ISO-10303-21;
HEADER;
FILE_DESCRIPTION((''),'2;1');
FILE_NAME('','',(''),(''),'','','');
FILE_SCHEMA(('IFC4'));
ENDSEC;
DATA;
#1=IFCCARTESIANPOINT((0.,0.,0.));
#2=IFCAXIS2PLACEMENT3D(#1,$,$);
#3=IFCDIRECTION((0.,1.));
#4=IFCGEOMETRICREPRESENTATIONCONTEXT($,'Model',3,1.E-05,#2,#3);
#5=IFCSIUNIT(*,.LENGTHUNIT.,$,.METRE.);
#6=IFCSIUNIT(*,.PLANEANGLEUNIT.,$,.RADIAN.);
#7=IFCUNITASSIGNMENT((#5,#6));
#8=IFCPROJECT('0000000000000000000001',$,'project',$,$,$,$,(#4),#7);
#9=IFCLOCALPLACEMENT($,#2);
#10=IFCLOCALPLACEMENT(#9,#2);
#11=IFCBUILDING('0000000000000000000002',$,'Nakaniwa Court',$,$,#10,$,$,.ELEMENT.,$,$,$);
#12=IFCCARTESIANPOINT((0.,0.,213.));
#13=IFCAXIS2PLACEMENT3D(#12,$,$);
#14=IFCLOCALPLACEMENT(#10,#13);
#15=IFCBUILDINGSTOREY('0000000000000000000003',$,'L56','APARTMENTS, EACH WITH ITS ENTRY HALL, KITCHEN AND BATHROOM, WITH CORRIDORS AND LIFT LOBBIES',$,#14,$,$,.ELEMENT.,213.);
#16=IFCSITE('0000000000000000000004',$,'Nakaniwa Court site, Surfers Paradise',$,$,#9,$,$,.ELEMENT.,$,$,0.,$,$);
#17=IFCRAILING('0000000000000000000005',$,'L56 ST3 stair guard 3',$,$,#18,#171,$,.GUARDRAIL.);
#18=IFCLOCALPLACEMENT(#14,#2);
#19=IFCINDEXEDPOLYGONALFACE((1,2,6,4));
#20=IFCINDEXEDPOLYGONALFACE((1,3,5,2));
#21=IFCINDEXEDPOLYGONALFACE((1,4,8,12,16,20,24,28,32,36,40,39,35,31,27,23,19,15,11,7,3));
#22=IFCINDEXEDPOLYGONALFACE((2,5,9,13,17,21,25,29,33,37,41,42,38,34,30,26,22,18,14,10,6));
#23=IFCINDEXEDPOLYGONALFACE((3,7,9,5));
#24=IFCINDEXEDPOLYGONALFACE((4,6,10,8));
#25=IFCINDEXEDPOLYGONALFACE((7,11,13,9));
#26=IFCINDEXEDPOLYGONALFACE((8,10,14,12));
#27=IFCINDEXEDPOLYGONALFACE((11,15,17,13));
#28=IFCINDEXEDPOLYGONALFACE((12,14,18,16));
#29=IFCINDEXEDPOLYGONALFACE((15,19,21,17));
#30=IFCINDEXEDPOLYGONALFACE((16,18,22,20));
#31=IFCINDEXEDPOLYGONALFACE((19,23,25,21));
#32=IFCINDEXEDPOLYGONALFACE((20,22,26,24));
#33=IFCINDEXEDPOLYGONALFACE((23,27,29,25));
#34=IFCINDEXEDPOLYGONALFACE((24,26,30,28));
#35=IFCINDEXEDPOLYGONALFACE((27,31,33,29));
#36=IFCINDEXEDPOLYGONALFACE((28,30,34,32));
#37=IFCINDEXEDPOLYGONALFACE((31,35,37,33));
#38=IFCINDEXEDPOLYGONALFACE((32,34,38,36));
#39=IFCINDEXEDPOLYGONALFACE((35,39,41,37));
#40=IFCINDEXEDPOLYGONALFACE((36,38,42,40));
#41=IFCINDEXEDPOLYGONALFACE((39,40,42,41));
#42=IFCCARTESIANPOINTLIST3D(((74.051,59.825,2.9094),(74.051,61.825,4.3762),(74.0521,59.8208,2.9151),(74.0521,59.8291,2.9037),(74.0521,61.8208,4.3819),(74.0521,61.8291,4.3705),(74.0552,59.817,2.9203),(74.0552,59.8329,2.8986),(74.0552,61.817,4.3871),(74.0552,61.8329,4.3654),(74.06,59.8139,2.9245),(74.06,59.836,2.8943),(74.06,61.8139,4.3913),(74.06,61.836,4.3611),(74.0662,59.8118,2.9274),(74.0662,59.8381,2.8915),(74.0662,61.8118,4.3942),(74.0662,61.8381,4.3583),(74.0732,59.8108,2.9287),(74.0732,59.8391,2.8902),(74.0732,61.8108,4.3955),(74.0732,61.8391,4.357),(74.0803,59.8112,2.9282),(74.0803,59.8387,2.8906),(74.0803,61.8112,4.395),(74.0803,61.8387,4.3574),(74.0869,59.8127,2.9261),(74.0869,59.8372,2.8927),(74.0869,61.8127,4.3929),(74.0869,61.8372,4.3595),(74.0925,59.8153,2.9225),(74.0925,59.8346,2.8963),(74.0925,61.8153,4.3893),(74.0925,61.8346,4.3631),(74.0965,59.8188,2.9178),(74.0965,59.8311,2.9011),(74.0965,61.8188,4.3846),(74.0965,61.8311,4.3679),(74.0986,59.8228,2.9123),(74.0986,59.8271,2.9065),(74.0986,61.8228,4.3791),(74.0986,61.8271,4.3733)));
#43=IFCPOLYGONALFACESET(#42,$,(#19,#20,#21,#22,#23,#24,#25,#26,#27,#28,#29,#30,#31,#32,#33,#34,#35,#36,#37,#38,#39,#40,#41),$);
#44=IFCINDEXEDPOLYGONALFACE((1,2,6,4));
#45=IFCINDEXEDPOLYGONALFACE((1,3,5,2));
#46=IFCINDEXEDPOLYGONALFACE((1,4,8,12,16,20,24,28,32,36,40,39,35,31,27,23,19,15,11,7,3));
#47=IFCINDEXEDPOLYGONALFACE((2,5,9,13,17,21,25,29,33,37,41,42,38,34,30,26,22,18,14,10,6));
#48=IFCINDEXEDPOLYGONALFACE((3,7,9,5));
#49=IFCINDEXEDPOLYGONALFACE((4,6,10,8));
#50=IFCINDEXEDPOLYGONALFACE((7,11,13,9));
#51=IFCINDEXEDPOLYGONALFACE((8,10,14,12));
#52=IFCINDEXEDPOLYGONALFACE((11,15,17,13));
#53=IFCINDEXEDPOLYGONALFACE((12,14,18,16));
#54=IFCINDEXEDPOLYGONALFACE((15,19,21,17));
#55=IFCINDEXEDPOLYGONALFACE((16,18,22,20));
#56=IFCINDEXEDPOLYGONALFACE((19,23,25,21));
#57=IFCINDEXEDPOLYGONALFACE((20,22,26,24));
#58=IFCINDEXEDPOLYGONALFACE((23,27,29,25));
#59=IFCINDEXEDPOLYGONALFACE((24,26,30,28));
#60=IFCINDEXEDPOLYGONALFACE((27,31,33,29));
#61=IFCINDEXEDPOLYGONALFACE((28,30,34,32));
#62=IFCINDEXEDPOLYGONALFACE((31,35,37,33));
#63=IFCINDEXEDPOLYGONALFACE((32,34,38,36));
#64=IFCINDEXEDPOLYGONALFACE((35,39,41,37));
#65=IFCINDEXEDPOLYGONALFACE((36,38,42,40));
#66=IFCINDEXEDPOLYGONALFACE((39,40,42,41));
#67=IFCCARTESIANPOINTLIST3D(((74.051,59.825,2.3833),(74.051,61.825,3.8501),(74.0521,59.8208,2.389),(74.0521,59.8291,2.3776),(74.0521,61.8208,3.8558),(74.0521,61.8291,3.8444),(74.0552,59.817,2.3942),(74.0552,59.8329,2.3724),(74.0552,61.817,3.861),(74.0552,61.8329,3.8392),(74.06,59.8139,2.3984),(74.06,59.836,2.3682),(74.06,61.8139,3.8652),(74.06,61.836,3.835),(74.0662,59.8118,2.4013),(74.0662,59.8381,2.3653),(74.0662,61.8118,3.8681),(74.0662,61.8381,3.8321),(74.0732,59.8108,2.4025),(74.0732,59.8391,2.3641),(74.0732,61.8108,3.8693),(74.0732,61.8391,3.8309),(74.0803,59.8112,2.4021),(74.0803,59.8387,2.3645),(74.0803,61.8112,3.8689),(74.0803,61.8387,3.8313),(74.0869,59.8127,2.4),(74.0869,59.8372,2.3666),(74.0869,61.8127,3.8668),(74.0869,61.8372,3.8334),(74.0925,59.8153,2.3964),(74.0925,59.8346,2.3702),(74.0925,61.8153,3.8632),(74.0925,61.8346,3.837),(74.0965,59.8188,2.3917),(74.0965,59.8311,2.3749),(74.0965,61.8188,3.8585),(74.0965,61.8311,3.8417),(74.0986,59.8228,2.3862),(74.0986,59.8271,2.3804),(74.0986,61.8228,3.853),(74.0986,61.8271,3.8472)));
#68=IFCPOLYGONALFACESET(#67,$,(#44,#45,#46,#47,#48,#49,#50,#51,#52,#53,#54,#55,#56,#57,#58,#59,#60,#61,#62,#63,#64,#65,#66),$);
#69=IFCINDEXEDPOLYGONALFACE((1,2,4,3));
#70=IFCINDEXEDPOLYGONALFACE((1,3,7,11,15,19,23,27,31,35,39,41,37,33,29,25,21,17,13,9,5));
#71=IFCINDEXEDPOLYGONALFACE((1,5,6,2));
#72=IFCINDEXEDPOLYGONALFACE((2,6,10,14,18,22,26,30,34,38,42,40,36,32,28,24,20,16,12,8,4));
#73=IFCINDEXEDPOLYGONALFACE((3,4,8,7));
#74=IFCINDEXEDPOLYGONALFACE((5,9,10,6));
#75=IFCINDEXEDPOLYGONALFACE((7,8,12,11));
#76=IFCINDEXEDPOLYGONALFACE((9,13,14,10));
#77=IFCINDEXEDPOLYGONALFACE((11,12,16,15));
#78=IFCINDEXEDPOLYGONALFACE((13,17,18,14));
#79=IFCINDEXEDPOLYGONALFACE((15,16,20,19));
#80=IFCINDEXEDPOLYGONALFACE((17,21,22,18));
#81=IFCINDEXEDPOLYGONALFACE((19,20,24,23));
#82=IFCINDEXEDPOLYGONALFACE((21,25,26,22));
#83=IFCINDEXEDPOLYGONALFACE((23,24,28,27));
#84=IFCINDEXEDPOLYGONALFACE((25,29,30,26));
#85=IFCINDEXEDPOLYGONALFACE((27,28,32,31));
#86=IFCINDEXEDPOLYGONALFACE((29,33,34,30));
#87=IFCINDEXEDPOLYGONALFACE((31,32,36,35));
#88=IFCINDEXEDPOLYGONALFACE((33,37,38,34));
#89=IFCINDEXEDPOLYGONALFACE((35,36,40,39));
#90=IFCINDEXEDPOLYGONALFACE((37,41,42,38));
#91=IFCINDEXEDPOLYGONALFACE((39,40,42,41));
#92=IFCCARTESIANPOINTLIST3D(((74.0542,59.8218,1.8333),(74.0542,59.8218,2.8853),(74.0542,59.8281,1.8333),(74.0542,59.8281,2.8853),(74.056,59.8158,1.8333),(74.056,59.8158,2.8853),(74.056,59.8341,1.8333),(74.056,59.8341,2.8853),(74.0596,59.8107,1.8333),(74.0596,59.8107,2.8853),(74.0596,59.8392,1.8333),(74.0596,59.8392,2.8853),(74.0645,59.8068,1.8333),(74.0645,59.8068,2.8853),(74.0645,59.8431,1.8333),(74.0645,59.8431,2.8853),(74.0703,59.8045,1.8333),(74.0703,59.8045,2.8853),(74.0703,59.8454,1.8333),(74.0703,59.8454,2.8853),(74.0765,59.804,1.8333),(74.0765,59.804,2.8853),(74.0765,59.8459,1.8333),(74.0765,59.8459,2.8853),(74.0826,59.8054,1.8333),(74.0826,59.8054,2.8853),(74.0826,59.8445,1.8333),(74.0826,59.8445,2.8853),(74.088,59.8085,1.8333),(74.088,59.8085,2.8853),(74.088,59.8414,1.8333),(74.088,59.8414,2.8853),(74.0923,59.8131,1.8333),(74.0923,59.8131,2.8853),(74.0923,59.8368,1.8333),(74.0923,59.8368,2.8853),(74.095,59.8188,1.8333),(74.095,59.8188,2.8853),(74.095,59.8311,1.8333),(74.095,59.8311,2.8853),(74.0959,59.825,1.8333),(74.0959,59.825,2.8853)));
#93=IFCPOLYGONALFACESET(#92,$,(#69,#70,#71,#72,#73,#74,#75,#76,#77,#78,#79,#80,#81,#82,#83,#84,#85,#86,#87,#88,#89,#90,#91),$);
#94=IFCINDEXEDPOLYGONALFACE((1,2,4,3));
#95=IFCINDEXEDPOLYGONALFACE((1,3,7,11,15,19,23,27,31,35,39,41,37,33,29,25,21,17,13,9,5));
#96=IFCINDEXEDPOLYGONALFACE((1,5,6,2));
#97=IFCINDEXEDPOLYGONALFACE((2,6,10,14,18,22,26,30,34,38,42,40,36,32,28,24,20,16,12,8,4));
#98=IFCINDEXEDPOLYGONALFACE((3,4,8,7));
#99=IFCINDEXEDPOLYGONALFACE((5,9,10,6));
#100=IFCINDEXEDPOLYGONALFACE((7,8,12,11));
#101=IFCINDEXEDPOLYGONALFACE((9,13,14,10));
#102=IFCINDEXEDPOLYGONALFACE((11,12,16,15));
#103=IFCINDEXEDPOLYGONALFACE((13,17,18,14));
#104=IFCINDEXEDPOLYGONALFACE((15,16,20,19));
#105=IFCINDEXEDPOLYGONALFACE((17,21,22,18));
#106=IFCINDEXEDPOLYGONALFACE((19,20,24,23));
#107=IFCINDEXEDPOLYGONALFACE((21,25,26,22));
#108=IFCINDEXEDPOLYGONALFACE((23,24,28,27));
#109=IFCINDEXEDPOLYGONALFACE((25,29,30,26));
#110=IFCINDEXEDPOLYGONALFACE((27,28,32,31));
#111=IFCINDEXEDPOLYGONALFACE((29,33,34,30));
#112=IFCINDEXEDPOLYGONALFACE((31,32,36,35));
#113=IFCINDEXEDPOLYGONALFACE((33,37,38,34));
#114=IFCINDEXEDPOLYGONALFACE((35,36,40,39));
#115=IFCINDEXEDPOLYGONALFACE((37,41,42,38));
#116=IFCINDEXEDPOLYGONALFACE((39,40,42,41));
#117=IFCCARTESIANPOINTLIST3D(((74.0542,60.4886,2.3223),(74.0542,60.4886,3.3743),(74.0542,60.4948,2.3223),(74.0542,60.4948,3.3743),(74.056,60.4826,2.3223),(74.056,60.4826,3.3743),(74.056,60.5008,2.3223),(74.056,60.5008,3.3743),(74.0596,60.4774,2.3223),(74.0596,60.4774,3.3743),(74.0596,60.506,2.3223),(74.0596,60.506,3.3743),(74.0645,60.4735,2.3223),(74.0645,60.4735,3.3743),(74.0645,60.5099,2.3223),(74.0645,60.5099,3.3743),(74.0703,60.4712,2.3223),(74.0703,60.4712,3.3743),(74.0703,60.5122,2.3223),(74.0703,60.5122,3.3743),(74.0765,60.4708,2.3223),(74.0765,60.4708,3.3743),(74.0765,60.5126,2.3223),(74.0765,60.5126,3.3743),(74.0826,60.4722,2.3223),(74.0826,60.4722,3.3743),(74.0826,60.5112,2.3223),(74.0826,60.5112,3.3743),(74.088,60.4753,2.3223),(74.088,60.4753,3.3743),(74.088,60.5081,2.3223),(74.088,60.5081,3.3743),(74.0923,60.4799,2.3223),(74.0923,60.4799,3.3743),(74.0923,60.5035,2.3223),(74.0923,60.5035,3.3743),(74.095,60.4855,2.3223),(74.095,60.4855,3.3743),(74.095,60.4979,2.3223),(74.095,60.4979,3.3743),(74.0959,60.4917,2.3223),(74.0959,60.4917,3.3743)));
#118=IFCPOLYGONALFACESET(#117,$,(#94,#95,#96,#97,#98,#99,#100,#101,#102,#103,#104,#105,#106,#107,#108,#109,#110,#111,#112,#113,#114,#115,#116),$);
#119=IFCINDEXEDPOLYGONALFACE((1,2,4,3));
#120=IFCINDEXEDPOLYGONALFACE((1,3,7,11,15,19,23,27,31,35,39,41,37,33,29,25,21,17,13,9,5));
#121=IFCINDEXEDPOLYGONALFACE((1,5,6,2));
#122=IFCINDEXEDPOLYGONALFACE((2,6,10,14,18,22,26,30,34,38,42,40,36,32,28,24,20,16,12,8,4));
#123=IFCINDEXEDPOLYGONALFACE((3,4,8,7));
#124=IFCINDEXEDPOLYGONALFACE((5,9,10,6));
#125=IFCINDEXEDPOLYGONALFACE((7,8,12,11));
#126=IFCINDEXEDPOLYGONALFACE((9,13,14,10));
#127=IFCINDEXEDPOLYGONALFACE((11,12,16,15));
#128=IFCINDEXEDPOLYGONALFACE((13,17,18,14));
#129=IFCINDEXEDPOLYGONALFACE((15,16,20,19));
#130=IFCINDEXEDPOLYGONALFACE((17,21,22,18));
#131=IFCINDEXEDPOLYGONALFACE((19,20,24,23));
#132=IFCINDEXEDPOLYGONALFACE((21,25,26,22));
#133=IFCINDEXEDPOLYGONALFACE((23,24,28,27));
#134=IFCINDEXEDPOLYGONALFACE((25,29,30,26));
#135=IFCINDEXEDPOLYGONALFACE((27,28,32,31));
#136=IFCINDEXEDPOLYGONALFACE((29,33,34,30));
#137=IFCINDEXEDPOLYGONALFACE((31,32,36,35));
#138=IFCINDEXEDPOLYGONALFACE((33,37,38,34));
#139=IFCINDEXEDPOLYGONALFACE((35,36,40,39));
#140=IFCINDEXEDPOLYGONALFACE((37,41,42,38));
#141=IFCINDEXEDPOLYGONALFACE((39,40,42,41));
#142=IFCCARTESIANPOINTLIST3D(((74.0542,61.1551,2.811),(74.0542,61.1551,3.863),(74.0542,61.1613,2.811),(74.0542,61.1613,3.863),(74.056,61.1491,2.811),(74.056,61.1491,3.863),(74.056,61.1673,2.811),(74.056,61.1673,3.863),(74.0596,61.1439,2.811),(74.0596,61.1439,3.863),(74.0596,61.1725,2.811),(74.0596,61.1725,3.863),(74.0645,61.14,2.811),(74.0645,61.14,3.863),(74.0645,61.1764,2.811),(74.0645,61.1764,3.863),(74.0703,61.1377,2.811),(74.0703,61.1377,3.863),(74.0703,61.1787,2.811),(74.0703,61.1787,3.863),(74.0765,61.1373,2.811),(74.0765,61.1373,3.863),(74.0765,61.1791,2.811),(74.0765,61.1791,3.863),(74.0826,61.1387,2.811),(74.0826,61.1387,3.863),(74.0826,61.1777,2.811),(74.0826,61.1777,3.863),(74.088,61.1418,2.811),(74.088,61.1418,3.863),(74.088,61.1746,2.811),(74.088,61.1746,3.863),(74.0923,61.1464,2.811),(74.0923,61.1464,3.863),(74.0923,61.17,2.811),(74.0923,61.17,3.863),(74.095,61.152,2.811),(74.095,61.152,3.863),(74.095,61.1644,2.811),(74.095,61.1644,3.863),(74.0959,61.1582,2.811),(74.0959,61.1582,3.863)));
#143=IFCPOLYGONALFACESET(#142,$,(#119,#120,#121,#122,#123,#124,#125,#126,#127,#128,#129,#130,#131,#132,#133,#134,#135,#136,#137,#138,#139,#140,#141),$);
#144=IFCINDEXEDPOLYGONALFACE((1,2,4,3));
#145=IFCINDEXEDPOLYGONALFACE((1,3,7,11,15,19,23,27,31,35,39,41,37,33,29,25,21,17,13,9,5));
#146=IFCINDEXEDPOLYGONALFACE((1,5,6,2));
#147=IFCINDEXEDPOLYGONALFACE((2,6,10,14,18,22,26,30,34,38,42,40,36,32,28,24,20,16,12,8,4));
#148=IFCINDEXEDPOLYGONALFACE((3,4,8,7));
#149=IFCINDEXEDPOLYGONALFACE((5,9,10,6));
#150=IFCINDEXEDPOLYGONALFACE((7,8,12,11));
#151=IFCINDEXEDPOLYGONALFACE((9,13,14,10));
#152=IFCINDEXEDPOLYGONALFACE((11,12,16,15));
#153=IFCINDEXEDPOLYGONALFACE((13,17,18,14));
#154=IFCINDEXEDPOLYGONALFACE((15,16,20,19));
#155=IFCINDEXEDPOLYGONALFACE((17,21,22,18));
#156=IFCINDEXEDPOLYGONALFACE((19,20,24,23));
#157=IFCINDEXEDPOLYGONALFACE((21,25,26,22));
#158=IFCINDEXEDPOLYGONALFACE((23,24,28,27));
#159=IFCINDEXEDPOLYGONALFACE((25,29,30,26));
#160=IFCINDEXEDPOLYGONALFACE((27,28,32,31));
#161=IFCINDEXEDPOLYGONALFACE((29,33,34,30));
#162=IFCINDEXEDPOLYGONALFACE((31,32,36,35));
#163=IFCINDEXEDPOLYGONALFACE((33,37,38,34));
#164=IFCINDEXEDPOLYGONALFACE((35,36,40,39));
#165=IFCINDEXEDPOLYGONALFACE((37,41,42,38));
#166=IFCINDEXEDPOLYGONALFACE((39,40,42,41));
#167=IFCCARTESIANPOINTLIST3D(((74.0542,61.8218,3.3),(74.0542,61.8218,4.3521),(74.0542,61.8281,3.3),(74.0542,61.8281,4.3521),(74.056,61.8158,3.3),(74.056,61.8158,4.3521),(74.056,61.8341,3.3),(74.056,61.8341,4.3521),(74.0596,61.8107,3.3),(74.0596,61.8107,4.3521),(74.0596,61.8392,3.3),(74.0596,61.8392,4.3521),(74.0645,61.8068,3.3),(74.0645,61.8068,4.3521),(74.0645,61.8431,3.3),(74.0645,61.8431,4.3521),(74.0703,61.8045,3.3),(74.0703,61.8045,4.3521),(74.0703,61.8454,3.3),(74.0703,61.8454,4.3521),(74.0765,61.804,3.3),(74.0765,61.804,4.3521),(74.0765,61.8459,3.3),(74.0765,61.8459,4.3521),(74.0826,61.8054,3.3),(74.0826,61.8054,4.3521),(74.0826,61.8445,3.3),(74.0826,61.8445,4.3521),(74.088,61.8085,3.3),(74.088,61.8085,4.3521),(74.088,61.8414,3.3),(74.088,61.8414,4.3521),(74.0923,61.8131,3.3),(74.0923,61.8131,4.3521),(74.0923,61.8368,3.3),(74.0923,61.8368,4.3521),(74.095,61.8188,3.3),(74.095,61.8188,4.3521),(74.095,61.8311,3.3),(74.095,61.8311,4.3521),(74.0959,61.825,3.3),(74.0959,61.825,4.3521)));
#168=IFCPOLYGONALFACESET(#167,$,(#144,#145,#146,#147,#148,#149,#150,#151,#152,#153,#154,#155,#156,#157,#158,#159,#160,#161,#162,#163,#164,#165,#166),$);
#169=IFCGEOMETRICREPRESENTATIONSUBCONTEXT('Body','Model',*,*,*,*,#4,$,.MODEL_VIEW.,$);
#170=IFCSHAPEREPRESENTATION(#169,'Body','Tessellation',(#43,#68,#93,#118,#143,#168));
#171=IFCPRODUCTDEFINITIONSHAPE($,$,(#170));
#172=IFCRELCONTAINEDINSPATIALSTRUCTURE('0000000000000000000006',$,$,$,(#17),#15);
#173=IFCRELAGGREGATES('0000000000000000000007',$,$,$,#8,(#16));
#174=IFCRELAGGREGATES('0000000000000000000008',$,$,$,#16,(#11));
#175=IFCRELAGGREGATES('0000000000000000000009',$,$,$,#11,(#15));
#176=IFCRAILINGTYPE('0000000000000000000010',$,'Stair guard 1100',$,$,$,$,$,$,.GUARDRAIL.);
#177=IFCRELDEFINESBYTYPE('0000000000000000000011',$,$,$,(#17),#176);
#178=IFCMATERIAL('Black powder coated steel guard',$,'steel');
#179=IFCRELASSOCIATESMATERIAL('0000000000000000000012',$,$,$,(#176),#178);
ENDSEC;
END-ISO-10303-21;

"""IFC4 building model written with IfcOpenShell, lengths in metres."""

from ifc_helpers import new_model, si_unit, direction, frame, origin, origin_2d, place, context, subcontext, project, spatial, circle, extrude, material, type_object, element, save


model = new_model("IFC4")

# Units and contexts
model_context = context("Model", 3, precision=1e-05, world=origin(), true_north=direction((0.0, 1.0)))
body_context = subcontext(model_context, "Body", "Model", "MODEL_VIEW")
ifc_project = project(units=[si_unit("LENGTHUNIT", "METRE"), si_unit("PLANEANGLEUNIT", "RADIAN")], contexts=[model_context])

# Site, building, storey
site_placement = place(None, origin())
site = spatial("IfcSite", under=ifc_project, at=site_placement, Name="Nakaniwa Court site, Surfers Paradise", CompositionType="ELEMENT", RefElevation=0.0)
building_placement = place(site_placement, origin())
building = spatial("IfcBuilding", under=site, at=building_placement, Name="Nakaniwa Court", CompositionType="ELEMENT")
storey_placement = place(building_placement, frame((0.0, 0.0, 213.0)))
storey = spatial("IfcBuildingStorey", under=building, at=storey_placement, Name="L56", Description="APARTMENTS, EACH WITH ITS ENTRY HALL, KITCHEN AND BATHROOM, WITH CORRIDORS AND LIFT LOBBIES", CompositionType="ELEMENT", Elevation=213.0)

# Railing
ifc_material_1 = material(Name="Black powder coated steel guard", Category="steel")
railing_type_1 = type_object("IfcRailingType", Name="Stair guard 1100", PredefinedType="GUARDRAIL", material=ifc_material_1)
railing_1_placement = place(storey_placement, frame((74.075, 59.825, 1.8333)))
element("IfcRailing", 1, at=railing_1_placement, inside=storey, type_object=railing_type_1, Name="L56 ST3 stair guard 3", PredefinedType="GUARDRAIL", context=body_context, shape_type="SweptSolid", body=[
    extrude(circle(Radius=0.0239, at=origin_2d()), frame((0.0, 0.0, 1.0762), z_axis=(0.0, 0.80638, 0.591398), x_axis=(-1.0, 0.0, 0.0)), (0.0, 0.0, 1.0), 2.4802),
    extrude(circle(Radius=0.0239, at=origin_2d()), frame((0.0, 0.0, 0.55), z_axis=(0.0, 0.80638, 0.591398), x_axis=(-1.0, 0.0, 0.0)), (0.0, 0.0, 1.0), 2.4802),
    extrude(circle(Radius=0.021, at=origin_2d()), origin(), (0.0, 0.0, 1.0), 1.052),
    extrude(circle(Radius=0.021, at=origin_2d()), frame((0.0, 0.6667, 0.489)), (0.0, 0.0, 1.0), 1.052),
    extrude(circle(Radius=0.021, at=origin_2d()), frame((0.0, 1.3333, 0.9778)), (0.0, 0.0, 1.0), 1.052),
    extrude(circle(Radius=0.021, at=origin_2d()), frame((0.0, 2.0, 1.4668)), (0.0, 0.0, 1.0), 1.052),
])

save(model, "model.ifc")
